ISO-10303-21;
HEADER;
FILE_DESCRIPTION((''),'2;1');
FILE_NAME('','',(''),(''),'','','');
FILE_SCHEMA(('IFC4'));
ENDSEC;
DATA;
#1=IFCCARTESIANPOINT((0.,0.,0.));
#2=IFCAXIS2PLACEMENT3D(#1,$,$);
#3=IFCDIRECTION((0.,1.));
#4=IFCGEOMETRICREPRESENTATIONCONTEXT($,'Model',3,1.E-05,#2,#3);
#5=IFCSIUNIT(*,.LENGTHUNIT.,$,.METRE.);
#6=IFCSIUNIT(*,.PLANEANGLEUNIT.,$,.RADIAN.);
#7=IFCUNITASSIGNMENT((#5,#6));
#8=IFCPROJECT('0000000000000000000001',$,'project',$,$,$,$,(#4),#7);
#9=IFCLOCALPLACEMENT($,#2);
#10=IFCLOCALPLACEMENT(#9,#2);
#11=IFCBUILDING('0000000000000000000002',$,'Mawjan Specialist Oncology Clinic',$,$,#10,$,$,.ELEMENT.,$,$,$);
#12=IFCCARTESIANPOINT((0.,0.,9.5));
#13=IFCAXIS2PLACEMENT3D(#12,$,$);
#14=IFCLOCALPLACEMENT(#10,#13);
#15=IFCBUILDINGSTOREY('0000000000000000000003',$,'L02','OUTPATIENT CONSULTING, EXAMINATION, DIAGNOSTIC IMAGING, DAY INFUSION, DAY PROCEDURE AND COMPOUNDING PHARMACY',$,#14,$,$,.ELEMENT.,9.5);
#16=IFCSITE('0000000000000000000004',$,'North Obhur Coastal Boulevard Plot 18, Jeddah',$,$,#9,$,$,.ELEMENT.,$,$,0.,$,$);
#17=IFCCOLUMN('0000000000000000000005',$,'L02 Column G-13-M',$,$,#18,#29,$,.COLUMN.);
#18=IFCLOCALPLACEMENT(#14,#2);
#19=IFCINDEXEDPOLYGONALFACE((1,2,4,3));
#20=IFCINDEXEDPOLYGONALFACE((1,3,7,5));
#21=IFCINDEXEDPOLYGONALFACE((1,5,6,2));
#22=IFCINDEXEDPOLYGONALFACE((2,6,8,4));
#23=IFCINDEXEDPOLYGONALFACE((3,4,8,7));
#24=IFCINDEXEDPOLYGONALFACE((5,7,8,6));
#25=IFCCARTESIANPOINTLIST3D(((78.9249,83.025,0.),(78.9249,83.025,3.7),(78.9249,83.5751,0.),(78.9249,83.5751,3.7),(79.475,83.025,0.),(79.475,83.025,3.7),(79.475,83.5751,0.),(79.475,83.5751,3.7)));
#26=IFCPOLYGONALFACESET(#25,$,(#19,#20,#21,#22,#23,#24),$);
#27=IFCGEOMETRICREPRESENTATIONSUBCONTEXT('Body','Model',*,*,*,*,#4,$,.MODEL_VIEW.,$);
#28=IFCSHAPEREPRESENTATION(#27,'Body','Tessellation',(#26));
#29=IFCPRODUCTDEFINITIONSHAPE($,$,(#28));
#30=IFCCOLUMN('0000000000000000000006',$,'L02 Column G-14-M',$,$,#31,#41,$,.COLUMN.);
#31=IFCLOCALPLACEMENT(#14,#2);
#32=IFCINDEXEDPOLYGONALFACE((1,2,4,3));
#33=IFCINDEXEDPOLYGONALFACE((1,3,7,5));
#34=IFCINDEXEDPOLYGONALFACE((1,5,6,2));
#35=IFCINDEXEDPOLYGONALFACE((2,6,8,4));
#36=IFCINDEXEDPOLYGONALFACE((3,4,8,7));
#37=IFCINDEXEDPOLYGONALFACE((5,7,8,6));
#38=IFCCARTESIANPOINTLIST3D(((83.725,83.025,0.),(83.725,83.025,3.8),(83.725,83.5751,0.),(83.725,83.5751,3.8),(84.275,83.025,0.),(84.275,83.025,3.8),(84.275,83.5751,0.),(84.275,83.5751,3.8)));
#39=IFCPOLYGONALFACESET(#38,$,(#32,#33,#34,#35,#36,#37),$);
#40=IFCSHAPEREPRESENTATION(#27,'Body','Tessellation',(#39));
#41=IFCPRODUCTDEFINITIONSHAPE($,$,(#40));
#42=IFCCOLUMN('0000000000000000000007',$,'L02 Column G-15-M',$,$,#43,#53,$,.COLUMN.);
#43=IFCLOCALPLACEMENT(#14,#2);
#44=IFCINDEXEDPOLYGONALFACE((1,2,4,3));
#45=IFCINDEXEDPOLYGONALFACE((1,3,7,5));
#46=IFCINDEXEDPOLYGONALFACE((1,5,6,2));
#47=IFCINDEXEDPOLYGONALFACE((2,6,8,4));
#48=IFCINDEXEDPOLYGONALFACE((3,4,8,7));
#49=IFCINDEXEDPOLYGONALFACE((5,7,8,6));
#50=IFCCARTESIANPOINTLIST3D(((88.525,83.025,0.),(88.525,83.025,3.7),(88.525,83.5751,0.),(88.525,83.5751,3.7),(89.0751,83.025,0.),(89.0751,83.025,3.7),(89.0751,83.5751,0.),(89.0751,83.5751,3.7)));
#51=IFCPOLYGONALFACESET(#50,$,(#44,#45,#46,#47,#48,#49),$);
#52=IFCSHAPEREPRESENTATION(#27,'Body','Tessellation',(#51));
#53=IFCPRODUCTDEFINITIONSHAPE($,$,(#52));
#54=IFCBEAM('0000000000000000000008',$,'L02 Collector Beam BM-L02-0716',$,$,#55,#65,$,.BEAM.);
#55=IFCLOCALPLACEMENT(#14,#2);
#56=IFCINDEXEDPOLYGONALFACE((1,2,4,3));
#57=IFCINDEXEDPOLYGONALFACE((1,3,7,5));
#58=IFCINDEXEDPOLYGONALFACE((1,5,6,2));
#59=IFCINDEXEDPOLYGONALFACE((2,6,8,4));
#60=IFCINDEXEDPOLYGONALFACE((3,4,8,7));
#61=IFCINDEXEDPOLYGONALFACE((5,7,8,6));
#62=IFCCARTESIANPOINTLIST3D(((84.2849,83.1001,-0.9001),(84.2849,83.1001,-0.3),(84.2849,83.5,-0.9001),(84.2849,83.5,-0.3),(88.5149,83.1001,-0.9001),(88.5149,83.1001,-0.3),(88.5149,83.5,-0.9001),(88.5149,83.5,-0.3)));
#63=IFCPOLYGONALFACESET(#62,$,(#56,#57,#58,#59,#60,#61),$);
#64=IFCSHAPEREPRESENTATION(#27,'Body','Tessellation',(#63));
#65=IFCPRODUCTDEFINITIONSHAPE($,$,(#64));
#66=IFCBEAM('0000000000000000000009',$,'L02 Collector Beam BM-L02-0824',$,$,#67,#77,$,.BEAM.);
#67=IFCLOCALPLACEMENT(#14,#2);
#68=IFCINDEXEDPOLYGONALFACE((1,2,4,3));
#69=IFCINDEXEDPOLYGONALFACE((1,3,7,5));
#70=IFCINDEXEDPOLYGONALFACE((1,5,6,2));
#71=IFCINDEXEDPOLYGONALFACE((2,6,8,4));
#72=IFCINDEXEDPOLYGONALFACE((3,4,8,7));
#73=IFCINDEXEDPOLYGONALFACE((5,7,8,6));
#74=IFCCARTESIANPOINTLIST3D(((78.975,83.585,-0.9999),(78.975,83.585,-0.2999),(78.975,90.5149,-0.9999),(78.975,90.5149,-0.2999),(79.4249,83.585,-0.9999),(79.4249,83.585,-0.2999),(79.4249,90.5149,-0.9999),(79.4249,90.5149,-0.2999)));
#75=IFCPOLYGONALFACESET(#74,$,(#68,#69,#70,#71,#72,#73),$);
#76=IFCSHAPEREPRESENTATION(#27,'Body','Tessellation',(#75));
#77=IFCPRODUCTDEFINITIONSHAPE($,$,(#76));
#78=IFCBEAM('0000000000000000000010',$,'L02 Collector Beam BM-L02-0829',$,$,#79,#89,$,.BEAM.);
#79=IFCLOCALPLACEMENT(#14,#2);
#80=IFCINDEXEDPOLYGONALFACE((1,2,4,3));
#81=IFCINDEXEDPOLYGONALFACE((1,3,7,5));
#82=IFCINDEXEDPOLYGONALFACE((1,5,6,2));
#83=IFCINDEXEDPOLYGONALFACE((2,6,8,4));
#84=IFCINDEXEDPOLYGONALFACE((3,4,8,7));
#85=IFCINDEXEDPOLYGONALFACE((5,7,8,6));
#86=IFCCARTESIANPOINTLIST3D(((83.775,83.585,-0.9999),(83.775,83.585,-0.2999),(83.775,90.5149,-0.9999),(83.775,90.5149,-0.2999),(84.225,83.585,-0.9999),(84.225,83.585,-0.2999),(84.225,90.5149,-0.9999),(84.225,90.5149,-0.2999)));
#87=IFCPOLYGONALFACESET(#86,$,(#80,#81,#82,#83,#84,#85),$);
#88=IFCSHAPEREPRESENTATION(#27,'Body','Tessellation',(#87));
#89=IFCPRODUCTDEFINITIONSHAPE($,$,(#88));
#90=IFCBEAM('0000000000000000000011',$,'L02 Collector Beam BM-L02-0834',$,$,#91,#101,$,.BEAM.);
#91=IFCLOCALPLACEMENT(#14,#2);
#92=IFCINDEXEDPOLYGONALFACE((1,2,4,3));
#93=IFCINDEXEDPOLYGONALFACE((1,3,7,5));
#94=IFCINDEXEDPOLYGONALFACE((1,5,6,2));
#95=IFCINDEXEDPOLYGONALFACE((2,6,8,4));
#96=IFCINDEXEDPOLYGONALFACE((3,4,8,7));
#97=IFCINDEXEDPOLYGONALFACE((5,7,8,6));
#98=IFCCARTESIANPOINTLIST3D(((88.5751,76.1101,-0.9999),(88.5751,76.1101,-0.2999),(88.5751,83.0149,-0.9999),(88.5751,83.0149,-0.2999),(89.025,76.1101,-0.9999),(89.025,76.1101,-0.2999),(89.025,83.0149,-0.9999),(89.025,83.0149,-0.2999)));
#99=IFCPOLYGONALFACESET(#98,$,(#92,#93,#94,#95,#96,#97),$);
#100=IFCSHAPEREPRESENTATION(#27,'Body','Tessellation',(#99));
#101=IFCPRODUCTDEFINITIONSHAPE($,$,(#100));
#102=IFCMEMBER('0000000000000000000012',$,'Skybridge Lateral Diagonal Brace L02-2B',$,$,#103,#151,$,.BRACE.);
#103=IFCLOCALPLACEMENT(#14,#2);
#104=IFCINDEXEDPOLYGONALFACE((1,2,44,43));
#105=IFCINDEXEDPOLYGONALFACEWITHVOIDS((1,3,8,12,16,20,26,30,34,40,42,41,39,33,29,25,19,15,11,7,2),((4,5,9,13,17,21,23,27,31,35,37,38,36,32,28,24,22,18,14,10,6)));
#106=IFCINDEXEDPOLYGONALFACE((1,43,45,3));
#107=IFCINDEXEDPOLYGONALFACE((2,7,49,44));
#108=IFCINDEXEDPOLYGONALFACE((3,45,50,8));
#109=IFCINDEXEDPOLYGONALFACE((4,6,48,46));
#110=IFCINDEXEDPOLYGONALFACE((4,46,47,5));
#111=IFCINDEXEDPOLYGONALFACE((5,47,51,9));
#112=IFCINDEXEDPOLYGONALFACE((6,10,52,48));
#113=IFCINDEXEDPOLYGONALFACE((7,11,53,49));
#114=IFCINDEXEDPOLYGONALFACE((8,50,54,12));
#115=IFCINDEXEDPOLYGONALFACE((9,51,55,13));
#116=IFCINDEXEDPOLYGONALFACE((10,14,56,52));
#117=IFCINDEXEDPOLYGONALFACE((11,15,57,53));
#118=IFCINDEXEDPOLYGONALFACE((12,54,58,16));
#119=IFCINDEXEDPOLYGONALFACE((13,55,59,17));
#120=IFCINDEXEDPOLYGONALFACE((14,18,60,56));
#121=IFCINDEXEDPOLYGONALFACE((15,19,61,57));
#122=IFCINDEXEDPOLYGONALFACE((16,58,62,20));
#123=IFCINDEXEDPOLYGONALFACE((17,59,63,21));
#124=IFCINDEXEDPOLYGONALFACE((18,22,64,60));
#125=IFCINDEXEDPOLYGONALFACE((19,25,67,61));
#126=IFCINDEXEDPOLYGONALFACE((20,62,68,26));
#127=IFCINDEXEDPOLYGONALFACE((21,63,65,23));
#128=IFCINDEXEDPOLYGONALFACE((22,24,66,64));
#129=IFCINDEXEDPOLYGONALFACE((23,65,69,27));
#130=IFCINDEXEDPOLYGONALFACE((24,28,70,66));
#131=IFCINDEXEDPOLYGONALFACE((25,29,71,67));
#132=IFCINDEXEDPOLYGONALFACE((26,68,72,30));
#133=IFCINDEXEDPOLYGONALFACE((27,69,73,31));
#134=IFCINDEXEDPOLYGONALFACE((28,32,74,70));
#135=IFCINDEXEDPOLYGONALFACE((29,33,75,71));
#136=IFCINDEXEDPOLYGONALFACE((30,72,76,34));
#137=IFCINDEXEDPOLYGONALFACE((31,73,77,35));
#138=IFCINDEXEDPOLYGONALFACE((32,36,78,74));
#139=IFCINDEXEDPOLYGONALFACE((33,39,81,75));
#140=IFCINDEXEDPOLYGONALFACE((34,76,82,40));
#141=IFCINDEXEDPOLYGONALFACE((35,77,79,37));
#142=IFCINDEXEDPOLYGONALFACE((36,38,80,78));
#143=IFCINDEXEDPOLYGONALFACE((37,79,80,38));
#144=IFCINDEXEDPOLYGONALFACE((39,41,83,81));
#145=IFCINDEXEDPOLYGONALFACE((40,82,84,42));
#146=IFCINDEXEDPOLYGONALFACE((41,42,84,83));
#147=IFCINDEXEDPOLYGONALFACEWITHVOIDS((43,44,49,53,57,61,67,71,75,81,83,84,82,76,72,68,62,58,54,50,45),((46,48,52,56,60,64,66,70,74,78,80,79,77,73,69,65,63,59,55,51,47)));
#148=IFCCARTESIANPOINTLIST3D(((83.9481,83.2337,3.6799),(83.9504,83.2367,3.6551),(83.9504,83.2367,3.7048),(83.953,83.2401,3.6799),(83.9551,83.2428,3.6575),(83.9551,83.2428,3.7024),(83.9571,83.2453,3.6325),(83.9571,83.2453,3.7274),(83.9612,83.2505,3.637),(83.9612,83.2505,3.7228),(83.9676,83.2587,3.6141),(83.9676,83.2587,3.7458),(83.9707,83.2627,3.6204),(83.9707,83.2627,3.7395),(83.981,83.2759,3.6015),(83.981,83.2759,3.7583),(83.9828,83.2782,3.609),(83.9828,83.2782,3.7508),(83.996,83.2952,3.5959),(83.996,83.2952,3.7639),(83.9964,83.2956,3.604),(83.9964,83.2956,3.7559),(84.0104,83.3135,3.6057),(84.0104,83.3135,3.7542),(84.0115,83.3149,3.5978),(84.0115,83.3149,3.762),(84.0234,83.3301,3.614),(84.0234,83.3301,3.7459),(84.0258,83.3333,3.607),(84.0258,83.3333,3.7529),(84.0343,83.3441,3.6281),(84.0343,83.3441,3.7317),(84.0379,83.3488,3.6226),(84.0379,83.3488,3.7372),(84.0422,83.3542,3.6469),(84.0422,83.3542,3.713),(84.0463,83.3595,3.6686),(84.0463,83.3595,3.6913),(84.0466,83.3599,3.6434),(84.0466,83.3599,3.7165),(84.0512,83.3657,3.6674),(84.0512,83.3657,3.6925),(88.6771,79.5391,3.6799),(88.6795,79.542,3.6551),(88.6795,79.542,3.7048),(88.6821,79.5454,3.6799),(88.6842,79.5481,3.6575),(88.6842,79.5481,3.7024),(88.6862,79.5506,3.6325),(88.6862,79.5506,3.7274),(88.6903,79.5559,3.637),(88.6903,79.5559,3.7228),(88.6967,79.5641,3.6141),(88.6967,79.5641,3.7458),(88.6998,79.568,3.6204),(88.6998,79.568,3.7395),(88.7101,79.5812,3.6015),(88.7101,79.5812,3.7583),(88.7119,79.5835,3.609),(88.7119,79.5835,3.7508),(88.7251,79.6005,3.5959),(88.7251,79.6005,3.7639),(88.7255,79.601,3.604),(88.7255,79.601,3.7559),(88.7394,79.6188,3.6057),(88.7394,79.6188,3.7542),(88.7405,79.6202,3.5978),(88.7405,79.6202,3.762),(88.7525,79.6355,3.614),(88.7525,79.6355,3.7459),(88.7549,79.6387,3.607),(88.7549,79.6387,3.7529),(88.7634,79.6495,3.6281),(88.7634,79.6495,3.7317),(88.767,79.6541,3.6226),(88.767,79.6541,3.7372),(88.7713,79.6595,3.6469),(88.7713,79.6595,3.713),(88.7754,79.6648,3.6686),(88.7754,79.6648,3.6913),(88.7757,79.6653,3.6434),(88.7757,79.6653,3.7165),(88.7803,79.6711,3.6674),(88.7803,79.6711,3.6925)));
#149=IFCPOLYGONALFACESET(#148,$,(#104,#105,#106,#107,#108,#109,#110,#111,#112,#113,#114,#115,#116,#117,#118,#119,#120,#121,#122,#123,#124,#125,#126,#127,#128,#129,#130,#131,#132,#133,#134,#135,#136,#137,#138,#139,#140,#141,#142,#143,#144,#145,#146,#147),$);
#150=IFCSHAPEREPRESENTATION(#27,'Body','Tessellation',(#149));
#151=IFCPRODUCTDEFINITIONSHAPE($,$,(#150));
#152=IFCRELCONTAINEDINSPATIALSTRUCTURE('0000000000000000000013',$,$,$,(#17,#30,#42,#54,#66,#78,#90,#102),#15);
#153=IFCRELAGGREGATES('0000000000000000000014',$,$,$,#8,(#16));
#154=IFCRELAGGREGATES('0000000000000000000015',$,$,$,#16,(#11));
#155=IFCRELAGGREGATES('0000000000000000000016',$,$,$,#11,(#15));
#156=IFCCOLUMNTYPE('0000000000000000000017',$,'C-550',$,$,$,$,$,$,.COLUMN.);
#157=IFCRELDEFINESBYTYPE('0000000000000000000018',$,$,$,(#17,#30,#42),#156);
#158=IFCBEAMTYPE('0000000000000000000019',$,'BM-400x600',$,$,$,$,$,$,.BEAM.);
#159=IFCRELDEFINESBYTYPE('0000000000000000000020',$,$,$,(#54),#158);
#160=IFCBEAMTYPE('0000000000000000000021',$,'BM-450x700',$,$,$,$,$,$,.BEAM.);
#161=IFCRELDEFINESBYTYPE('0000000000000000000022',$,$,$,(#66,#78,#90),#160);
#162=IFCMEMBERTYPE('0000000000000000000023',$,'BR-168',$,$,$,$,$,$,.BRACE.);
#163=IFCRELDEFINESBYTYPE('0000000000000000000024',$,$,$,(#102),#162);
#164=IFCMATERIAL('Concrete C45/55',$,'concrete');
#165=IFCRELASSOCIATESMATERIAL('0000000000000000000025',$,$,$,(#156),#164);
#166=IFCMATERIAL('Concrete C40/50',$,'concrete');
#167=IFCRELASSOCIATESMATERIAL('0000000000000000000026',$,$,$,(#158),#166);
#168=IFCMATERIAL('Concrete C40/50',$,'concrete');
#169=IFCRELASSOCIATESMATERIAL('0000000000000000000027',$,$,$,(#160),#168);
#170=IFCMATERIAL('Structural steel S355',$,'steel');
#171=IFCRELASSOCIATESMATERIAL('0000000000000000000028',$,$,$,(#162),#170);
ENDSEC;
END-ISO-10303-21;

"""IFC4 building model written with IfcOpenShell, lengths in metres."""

from ifc_helpers import new_model, si_unit, direction, frame, origin, origin_2d, place, context, subcontext, project, spatial, rectangle, hollow_circle, extrude, material, material_profile, profile_set, type_object, element, save


model = new_model("IFC4")

# Units and contexts
model_context = context("Model", 3, precision=1e-05, world=origin(), true_north=direction((0.0, 1.0)))
body_context = subcontext(model_context, "Body", "Model", "MODEL_VIEW")
ifc_project = project(units=[si_unit("LENGTHUNIT", "METRE"), si_unit("PLANEANGLEUNIT", "RADIAN")], contexts=[model_context])

# Site, building, storey
site_placement = place(None, origin())
site = spatial("IfcSite", under=ifc_project, at=site_placement, Name="North Obhur Coastal Boulevard Plot 18, Jeddah", CompositionType="ELEMENT", RefElevation=0.0)
building_placement = place(site_placement, origin())
building = spatial("IfcBuilding", under=site, at=building_placement, Name="Mawjan Specialist Oncology Clinic", CompositionType="ELEMENT")
storey_placement = place(building_placement, frame((0.0, 0.0, 9.5)))
storey = spatial("IfcBuildingStorey", under=building, at=storey_placement, Name="L02", Description="OUTPATIENT CONSULTING, EXAMINATION, DIAGNOSTIC IMAGING, DAY INFUSION, DAY PROCEDURE AND COMPOUNDING PHARMACY", CompositionType="ELEMENT", Elevation=9.5)

# Columns
ifc_material_1 = material(Name="Concrete C45/55", Category="concrete")
ifc_material_profile_1 = material_profile(ifc_material_1, rectangle(XDim=0.55, YDim=0.55, at=origin_2d()), Name="RC COL 550x550", Category="concrete")
ifc_profile_set_1 = profile_set([ifc_material_profile_1], Name="Concrete C45/55")
column_type = type_object("IfcColumnType", Name="C-550", PredefinedType="COLUMN", material=ifc_profile_set_1)
column_1_placement = place(storey_placement, frame((79.2, 83.3, 0.0), z_axis=(0.0, 0.0, 1.0), x_axis=(1.0, 0.0, 0.0)))
element("IfcColumn", 1, at=column_1_placement, inside=storey, type_object=column_type, Name="L02 Column G-13-M", PredefinedType="COLUMN", context=body_context, shape_type="SweptSolid", body=[
    extrude(rectangle(XDim=0.55, YDim=0.55, at=origin_2d()), origin(), (0.0, 0.0, 1.0), 3.7),
])
column_2_placement = place(storey_placement, frame((84.0, 83.3, 0.0), z_axis=(0.0, 0.0, 1.0), x_axis=(1.0, 0.0, 0.0)))
element("IfcColumn", 2, at=column_2_placement, inside=storey, type_object=column_type, Name="L02 Column G-14-M", PredefinedType="COLUMN", context=body_context, shape_type="SweptSolid", body=[
    extrude(rectangle(XDim=0.55, YDim=0.55, at=origin_2d()), origin(), (0.0, 0.0, 1.0), 3.8),
])
column_3_placement = place(storey_placement, frame((88.8, 83.3, 0.0), z_axis=(0.0, 0.0, 1.0), x_axis=(1.0, 0.0, 0.0)))
element("IfcColumn", 3, at=column_3_placement, inside=storey, type_object=column_type, Name="L02 Column G-15-M", PredefinedType="COLUMN", context=body_context, shape_type="SweptSolid", body=[
    extrude(rectangle(XDim=0.55, YDim=0.55, at=origin_2d()), origin(), (0.0, 0.0, 1.0), 3.7),
])

# Beams
ifc_material_2 = material(Name="Concrete C40/50", Category="concrete")
ifc_material_profile_2 = material_profile(ifc_material_2, rectangle(XDim=0.3999, YDim=0.6001, at=origin_2d()), Name="RC BM 400x600", Category="concrete")
ifc_profile_set_2 = profile_set([ifc_material_profile_2], Name="Concrete C40/50")
beam_type_1 = type_object("IfcBeamType", Name="BM-400x600", PredefinedType="BEAM", material=ifc_profile_set_2)
beam_1_placement = place(storey_placement, frame((84.2849, 83.3, -0.6001), z_axis=(1.0, 0.0, 0.0), x_axis=(0.0, 1.0, 0.0)))
element("IfcBeam", 4, at=beam_1_placement, inside=storey, type_object=beam_type_1, Name="L02 Collector Beam BM-L02-0716", PredefinedType="BEAM", context=body_context, shape_type="SweptSolid", body=[
    extrude(rectangle(XDim=0.3999, YDim=0.6001, at=origin_2d()), origin(), (0.0, 0.0, 1.0), 4.23),
])
ifc_material_3 = material(Name="Concrete C40/50", Category="concrete")
ifc_material_profile_3 = material_profile(ifc_material_3, rectangle(XDim=0.45, YDim=0.7, at=origin_2d()), Name="RC BM 450x700", Category="concrete")
ifc_profile_set_3 = profile_set([ifc_material_profile_3], Name="Concrete C40/50")
beam_type_2 = type_object("IfcBeamType", Name="BM-450x700", PredefinedType="BEAM", material=ifc_profile_set_3)
for number, where, z_axis, x_axis, name in (
    (5, (79.2, 83.585, -0.6499), (0.0, 1.0, 0.0), (-1.0, 0.0, 0.0), "L02 Collector Beam BM-L02-0824"),
    (6, (84.0, 83.585, -0.6499), (0.0, 1.0, 0.0), (-1.0, 0.0, 0.0), "L02 Collector Beam BM-L02-0829"),
):
    element("IfcBeam", number, at=place(storey_placement, frame(where, z_axis=z_axis, x_axis=x_axis)), inside=storey, type_object=beam_type_2, Name=name, PredefinedType="BEAM", context=body_context, shape_type="SweptSolid", body=[
        extrude(rectangle(XDim=0.45, YDim=0.7, at=origin_2d()), origin(), (0.0, 0.0, 1.0), 6.9299),
    ])
beam_2_placement = place(storey_placement, frame((88.8, 76.1101, -0.6499), z_axis=(0.0, 1.0, 0.0), x_axis=(-1.0, 0.0, 0.0)))
element("IfcBeam", 7, at=beam_2_placement, inside=storey, type_object=beam_type_2, Name="L02 Collector Beam BM-L02-0834", PredefinedType="BEAM", context=body_context, shape_type="SweptSolid", body=[
    extrude(rectangle(XDim=0.45, YDim=0.7, at=origin_2d()), origin(), (0.0, 0.0, 1.0), 6.9048),
])

# Member
ifc_material_4 = material(Name="Structural steel S355", Category="steel")
ifc_material_profile_4 = material_profile(ifc_material_4, hollow_circle(Radius=0.0842, WallThickness=0.0081, at=origin_2d()), Name="CHS 168.3x8", Category="steel")
ifc_profile_set_4 = profile_set([ifc_material_profile_4], Name="Structural steel S355")
member_type = type_object("IfcMemberType", Name="BR-168", PredefinedType="BRACE", material=ifc_profile_set_4)
member_placement = place(storey_placement, frame((88.729, 79.6055, 3.6799), z_axis=(-0.788021, 0.615649, 0.0), x_axis=(-0.615649, -0.788021, 0.0)))
element("IfcMember", 8, at=member_placement, inside=storey, type_object=member_type, Name="Skybridge Lateral Diagonal Brace L02-2B", PredefinedType="BRACE", context=body_context, shape_type="SweptSolid", body=[
    extrude(hollow_circle(Radius=0.0842, WallThickness=0.0081, at=origin_2d()), origin(), (0.0, 0.0, 1.0), 6.0012),
])

save(model, "model.ifc")
